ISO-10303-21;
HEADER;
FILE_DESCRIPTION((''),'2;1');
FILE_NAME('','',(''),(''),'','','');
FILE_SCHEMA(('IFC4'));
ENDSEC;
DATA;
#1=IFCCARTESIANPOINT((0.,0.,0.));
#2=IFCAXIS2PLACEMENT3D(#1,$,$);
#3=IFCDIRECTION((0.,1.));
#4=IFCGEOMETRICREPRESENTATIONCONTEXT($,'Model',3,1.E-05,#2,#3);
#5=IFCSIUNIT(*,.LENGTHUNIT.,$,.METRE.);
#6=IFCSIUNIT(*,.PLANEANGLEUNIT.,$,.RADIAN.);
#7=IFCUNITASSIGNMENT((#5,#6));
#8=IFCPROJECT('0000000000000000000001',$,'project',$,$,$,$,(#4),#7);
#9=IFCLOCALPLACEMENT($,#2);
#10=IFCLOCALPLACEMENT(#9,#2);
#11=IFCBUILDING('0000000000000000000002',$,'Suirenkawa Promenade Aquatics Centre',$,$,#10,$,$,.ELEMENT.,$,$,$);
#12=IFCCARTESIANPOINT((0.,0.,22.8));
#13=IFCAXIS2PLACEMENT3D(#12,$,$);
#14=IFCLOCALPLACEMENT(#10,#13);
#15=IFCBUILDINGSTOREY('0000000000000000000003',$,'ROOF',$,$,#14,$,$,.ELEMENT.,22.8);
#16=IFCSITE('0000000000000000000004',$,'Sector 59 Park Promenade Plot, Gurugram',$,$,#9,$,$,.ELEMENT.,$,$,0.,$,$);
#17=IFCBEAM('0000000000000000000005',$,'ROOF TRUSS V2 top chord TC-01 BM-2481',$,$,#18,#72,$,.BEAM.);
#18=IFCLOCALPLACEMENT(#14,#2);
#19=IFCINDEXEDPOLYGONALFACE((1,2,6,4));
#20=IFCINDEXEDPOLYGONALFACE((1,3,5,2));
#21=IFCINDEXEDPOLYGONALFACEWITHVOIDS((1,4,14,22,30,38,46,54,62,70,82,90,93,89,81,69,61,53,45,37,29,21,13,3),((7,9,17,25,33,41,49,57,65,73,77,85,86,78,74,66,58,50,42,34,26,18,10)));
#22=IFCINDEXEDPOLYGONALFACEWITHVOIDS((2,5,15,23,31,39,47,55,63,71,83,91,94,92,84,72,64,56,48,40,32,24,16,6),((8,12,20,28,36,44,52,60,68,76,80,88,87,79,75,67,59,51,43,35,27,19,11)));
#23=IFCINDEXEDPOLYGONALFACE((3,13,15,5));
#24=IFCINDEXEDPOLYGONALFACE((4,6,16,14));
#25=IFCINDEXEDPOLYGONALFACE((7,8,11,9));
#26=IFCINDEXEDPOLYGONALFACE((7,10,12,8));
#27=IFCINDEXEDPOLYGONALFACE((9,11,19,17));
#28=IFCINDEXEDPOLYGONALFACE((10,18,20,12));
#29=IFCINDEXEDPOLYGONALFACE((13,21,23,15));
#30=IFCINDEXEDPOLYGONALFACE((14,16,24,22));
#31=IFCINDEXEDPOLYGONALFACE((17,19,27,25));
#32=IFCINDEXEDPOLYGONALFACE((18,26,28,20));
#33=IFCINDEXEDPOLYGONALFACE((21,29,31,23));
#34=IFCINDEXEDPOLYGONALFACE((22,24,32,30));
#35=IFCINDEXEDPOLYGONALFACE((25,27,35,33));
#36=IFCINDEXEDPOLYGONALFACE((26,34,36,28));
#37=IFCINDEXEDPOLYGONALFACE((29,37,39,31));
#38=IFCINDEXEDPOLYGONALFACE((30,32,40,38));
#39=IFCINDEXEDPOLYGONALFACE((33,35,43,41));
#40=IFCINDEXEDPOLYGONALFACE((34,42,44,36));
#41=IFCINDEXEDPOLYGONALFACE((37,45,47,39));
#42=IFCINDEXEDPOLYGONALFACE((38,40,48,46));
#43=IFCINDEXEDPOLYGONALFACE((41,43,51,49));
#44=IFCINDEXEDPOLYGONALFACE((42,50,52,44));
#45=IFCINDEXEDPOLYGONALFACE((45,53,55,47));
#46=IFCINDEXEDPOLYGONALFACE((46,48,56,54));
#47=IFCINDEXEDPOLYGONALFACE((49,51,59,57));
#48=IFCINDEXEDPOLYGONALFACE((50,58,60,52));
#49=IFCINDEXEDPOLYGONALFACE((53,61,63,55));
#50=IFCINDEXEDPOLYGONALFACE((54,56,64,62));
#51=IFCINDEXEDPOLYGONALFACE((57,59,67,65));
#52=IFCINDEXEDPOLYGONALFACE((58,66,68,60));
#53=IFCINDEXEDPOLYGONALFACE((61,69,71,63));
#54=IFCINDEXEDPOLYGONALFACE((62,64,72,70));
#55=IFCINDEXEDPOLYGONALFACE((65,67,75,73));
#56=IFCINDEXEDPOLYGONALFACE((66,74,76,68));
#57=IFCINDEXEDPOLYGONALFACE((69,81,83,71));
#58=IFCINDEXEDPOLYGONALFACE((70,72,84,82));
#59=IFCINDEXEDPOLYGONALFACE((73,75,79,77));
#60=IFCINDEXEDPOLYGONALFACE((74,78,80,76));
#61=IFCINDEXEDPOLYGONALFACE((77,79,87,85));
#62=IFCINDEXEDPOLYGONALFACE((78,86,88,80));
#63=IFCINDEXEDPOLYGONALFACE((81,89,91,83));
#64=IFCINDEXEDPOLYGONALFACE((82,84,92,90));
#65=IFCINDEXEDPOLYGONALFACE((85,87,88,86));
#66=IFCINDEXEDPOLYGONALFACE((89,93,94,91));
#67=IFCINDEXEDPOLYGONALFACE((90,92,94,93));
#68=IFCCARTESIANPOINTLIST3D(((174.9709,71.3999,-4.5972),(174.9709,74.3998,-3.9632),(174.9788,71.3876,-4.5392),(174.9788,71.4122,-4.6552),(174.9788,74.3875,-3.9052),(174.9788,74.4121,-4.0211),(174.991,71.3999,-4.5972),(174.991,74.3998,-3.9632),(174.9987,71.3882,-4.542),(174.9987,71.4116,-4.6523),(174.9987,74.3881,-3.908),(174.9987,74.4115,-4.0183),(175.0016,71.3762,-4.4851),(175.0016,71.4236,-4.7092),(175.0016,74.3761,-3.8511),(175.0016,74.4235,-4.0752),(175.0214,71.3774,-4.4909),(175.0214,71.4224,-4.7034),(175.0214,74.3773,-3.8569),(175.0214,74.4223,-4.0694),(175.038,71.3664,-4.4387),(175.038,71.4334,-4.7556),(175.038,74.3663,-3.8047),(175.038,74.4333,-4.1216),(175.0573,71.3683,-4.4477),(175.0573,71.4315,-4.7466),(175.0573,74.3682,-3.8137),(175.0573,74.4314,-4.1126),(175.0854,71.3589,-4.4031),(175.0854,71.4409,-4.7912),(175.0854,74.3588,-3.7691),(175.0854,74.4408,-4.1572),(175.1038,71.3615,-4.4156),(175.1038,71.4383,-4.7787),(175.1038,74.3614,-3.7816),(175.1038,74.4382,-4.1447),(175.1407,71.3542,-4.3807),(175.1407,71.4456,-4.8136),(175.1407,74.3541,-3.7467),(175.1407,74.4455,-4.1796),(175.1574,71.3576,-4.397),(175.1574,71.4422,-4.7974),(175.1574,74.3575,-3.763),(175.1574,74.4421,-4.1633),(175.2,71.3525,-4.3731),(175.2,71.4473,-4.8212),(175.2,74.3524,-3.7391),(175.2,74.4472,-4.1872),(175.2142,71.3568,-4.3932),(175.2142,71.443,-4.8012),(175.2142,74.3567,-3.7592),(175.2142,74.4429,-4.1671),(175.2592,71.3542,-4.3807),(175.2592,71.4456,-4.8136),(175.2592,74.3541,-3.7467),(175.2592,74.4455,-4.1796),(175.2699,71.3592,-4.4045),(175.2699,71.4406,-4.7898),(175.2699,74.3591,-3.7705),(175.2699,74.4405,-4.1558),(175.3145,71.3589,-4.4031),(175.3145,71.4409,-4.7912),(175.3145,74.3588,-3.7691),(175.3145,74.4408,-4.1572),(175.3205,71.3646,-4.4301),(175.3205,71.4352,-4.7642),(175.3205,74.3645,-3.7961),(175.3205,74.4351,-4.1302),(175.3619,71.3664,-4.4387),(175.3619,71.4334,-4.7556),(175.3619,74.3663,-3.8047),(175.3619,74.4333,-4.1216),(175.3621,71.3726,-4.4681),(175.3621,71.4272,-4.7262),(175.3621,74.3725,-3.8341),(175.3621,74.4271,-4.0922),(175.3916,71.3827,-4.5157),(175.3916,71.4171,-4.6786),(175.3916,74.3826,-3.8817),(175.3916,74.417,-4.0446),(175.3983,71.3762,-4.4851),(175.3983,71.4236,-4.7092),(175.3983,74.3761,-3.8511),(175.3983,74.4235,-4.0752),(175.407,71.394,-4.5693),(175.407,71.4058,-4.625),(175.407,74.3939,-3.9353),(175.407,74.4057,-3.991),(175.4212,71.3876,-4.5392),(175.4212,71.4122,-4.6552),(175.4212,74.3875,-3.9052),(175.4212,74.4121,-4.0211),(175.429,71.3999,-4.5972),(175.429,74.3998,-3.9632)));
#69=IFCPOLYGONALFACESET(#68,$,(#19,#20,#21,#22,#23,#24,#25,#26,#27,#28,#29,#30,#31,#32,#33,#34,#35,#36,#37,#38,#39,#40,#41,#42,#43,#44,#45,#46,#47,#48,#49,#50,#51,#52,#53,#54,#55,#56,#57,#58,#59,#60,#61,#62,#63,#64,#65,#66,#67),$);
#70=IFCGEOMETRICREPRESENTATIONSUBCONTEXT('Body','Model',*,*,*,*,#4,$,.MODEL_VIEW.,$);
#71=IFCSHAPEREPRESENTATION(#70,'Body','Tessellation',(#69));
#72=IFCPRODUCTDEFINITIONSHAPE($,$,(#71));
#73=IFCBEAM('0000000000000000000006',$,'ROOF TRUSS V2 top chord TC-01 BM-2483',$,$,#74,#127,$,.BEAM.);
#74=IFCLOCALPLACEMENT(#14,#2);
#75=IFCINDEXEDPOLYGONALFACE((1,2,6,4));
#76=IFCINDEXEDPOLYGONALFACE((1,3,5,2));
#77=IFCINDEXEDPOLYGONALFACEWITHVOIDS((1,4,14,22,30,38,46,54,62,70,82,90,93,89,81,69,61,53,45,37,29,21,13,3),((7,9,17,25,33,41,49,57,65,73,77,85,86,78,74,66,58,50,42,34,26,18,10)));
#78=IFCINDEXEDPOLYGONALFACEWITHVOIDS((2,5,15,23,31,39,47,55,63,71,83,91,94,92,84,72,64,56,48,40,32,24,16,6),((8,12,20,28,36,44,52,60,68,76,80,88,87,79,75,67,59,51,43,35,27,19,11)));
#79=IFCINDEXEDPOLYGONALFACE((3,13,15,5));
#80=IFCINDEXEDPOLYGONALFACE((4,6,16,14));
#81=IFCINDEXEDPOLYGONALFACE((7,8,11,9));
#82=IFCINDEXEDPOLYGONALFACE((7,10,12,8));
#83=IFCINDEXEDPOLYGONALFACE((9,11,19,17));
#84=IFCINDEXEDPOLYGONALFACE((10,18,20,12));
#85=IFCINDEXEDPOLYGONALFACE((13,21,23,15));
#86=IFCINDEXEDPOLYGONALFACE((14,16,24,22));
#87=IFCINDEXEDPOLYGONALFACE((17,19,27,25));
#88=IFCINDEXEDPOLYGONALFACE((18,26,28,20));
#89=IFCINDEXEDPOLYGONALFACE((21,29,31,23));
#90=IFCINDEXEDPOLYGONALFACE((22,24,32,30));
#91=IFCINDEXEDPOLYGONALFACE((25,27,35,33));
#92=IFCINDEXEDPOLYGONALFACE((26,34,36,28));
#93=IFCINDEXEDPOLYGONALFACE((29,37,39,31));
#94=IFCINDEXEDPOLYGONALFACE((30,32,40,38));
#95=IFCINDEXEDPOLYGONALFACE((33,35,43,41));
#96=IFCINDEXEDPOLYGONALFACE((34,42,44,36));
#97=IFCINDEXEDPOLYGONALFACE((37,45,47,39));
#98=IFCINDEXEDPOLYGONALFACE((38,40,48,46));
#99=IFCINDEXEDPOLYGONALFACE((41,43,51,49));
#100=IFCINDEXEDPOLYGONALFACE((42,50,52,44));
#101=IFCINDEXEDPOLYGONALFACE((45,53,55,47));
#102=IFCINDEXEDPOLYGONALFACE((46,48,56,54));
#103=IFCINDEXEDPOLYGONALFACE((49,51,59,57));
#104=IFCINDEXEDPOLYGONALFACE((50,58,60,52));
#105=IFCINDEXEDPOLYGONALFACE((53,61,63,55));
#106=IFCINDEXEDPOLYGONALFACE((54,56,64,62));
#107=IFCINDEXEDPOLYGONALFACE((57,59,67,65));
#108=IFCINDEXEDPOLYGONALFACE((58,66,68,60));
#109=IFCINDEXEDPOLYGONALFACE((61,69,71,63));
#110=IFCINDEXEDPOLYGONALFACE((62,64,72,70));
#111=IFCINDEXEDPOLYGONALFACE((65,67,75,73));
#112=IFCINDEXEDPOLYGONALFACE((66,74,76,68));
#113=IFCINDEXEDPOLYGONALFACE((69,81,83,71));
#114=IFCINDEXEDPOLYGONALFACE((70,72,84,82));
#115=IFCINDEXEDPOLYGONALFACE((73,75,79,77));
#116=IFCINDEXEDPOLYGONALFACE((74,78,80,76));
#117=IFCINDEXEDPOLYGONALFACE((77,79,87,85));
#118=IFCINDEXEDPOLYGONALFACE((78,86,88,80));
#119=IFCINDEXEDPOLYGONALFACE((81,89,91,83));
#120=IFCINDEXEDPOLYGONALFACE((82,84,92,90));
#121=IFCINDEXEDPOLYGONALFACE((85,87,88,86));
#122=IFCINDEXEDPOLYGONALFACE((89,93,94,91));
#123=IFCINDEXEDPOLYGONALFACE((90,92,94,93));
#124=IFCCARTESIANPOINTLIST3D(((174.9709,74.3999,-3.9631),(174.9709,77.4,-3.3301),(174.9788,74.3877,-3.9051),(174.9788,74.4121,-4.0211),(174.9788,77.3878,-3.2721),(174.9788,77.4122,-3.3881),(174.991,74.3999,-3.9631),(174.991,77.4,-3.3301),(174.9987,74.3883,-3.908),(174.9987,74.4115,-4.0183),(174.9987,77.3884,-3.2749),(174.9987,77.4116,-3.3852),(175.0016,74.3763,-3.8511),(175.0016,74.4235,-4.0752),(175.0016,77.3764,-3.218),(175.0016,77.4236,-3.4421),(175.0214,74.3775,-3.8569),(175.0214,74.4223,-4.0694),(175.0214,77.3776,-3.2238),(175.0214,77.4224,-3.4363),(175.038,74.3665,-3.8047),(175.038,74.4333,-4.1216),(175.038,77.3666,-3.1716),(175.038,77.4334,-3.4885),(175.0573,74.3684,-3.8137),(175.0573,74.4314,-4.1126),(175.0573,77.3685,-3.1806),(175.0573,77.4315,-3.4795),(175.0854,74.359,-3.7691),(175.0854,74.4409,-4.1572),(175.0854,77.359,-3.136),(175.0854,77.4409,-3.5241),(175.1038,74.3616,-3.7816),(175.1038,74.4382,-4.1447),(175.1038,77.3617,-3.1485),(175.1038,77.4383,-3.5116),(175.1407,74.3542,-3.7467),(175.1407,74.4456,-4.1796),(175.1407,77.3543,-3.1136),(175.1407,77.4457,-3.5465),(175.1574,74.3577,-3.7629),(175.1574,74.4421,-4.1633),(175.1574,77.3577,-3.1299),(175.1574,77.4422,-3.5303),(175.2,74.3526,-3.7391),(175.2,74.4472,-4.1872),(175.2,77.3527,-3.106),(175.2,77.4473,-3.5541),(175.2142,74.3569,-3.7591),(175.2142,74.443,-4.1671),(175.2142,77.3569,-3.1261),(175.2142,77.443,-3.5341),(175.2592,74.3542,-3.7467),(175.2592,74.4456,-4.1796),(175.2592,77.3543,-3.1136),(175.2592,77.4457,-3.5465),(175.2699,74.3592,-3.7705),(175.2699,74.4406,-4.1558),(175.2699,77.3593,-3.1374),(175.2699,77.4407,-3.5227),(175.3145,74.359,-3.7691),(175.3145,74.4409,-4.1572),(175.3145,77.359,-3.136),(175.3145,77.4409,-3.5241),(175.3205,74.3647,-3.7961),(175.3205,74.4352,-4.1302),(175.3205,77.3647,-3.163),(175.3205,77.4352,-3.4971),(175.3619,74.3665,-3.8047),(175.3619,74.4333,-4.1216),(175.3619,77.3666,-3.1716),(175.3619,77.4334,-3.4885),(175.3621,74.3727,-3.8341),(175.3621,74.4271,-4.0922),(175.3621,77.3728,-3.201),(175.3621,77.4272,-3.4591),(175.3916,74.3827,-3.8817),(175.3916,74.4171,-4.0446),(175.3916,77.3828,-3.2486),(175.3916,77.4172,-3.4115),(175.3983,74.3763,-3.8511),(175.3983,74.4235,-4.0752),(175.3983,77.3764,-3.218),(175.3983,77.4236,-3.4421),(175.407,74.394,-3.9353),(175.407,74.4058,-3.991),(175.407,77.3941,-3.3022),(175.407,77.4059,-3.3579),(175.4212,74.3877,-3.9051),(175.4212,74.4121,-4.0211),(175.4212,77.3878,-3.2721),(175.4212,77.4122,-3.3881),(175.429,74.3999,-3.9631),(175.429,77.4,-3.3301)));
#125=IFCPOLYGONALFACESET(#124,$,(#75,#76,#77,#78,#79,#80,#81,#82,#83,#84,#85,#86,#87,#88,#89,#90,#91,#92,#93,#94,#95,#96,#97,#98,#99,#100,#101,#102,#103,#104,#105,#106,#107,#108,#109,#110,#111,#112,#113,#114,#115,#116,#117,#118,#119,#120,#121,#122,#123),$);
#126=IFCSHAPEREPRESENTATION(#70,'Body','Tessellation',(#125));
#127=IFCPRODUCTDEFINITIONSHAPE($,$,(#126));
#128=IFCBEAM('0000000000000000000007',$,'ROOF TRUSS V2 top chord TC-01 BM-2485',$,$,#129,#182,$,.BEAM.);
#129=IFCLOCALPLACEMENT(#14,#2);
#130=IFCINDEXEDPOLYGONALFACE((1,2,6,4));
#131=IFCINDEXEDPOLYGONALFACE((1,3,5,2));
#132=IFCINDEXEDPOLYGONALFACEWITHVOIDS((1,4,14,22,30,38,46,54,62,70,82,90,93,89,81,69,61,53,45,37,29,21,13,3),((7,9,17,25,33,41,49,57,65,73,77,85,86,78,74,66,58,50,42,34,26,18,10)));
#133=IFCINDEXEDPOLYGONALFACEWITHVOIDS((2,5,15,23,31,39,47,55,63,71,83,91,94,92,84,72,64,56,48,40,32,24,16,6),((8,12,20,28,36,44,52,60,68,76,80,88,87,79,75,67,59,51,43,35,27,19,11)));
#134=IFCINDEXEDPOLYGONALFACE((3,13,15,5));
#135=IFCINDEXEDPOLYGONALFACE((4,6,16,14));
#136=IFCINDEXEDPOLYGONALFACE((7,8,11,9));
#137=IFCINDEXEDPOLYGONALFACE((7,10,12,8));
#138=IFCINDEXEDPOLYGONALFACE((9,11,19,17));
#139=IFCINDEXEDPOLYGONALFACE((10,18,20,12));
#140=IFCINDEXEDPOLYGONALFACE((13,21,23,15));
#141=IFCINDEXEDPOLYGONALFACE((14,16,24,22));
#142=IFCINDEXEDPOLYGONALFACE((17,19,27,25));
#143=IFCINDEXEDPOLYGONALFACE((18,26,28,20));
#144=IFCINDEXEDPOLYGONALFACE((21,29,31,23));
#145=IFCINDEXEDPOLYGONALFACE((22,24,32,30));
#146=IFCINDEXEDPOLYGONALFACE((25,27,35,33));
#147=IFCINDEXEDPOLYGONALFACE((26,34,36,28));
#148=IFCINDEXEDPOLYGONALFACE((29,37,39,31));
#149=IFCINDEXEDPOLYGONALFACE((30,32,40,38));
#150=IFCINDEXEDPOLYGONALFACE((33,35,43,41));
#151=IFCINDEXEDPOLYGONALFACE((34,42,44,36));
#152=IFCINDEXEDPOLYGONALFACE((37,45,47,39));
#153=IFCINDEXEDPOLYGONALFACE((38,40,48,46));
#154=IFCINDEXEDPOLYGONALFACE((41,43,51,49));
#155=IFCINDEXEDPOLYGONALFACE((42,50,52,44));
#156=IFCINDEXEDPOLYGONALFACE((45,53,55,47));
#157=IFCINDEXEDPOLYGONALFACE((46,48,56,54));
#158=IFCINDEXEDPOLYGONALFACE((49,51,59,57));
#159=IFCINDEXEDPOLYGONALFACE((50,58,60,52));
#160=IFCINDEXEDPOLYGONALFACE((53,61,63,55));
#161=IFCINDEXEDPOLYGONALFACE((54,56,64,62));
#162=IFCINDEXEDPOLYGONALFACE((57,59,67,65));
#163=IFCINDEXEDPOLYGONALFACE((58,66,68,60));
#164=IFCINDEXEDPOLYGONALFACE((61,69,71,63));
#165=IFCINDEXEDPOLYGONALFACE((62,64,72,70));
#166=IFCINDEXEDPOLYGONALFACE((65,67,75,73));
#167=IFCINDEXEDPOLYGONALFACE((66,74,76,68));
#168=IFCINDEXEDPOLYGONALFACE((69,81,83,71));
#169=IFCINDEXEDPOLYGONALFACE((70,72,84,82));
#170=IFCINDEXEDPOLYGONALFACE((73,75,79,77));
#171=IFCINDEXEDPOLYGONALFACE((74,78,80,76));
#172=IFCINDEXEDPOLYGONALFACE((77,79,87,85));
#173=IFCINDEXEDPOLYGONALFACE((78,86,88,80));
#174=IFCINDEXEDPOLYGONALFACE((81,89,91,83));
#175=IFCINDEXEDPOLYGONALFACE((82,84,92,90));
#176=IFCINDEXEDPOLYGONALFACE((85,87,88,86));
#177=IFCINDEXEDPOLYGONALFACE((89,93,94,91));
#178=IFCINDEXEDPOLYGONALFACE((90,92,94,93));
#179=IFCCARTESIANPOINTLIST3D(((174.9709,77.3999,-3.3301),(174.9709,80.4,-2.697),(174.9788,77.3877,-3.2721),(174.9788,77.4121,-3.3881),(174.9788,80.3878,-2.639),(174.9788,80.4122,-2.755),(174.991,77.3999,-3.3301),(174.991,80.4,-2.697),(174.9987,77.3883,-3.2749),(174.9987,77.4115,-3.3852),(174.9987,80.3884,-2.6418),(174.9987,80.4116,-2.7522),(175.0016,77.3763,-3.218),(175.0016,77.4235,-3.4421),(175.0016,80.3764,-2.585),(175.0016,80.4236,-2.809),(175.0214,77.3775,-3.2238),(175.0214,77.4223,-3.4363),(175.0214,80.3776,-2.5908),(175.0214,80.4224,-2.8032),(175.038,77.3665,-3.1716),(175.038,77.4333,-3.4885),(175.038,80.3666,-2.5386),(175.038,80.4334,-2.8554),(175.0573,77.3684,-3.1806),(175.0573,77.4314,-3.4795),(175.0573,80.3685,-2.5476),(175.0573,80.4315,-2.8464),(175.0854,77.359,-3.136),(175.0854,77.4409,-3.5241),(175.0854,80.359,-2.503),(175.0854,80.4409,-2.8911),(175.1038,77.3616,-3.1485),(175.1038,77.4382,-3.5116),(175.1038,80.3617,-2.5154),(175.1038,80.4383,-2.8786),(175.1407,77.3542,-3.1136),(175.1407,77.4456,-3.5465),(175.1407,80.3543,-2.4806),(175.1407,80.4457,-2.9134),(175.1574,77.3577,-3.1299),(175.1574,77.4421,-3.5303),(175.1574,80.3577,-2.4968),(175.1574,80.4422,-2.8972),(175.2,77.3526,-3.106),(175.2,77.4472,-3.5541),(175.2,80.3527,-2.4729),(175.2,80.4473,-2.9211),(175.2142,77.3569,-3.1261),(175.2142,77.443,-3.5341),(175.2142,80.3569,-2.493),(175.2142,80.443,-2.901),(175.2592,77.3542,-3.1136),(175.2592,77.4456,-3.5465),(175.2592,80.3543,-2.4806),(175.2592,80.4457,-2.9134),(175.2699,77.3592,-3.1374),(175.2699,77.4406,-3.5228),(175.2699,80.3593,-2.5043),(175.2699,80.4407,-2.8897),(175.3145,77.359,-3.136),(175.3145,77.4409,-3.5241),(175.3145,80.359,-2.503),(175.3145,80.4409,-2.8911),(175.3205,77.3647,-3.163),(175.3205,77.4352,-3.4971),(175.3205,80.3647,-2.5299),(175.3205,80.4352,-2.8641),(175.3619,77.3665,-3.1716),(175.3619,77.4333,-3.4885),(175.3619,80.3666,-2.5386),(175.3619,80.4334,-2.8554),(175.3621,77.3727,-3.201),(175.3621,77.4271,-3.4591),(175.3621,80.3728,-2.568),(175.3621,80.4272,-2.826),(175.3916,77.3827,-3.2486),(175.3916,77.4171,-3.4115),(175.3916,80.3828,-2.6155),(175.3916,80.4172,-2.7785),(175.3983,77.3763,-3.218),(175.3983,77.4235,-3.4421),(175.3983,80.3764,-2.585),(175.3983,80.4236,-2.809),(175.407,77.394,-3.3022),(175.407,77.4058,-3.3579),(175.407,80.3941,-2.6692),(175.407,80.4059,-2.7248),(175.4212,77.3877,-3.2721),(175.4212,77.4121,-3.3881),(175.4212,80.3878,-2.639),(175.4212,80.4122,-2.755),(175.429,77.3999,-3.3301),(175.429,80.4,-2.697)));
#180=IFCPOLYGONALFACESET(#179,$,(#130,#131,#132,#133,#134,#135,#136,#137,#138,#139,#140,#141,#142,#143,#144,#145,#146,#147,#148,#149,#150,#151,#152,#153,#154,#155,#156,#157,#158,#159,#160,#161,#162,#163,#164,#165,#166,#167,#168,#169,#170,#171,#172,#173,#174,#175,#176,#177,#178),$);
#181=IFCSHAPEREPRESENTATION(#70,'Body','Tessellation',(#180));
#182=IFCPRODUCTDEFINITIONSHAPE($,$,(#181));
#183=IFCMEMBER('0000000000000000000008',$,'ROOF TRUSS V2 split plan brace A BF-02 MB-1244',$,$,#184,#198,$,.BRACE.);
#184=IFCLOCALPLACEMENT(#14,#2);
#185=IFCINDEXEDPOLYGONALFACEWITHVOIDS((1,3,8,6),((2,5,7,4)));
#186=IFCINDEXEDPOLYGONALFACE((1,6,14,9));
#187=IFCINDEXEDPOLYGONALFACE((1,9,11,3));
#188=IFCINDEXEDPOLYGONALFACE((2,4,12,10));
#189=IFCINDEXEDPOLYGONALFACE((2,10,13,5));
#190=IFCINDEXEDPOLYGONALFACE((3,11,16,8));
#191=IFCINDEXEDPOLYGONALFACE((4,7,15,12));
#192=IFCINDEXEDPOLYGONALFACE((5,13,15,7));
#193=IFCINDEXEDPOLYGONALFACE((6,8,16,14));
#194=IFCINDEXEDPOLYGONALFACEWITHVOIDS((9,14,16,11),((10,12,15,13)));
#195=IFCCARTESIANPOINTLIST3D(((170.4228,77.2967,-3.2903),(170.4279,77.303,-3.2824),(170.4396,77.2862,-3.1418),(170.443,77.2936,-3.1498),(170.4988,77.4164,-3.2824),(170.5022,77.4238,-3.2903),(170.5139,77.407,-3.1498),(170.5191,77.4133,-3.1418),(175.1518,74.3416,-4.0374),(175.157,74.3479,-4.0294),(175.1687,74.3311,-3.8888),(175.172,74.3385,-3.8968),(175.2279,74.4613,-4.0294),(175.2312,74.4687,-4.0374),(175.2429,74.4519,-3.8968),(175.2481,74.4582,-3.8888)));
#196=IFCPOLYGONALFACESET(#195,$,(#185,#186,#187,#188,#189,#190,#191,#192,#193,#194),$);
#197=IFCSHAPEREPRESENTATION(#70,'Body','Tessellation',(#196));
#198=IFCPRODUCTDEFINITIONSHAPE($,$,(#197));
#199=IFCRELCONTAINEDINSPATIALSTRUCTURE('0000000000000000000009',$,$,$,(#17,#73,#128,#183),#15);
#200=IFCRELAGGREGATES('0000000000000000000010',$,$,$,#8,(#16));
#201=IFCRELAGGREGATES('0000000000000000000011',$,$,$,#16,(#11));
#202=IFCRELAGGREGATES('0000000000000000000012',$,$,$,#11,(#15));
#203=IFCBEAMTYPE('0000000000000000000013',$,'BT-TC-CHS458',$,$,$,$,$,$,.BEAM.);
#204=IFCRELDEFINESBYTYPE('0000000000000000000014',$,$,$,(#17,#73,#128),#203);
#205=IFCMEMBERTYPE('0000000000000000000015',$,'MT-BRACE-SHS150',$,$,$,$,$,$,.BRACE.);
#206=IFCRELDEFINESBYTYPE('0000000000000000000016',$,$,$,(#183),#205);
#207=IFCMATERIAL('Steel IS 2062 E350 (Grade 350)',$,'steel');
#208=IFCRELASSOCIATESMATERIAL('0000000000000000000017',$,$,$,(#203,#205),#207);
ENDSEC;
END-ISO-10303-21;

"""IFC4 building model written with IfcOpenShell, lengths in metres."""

from ifc_helpers import new_model, si_unit, direction, frame, origin, origin_2d, place, context, subcontext, project, spatial, hollow_rectangle, hollow_circle, extrude, material, material_profile, profile_set, type_object, element, save


model = new_model("IFC4")

# Units and contexts
model_context = context("Model", 3, precision=1e-05, world=origin(), true_north=direction((0.0, 1.0)))
body_context = subcontext(model_context, "Body", "Model", "MODEL_VIEW")
ifc_project = project(units=[si_unit("LENGTHUNIT", "METRE"), si_unit("PLANEANGLEUNIT", "RADIAN")], contexts=[model_context])

# Site, building, storey
site_placement = place(None, origin())
site = spatial("IfcSite", under=ifc_project, at=site_placement, Name="Sector 59 Park Promenade Plot, Gurugram", CompositionType="ELEMENT", RefElevation=0.0)
building_placement = place(site_placement, origin())
building = spatial("IfcBuilding", under=site, at=building_placement, Name="Suirenkawa Promenade Aquatics Centre", CompositionType="ELEMENT")
storey_placement = place(building_placement, frame((0.0, 0.0, 22.8)))
storey = spatial("IfcBuildingStorey", under=building, at=storey_placement, Name="ROOF", CompositionType="ELEMENT", Elevation=22.8)

# Beams
ifc_material = material(Name="Steel IS 2062 E350 (Grade 350)", Category="steel")
ifc_material_profile_1 = material_profile(ifc_material, hollow_circle(Radius=0.229, WallThickness=0.02, at=origin_2d()), Name="CHS 458x20", Category="steel")
ifc_profile_set_1 = profile_set([ifc_material_profile_1], Name="Steel IS 2062 E350 (Grade 350)")
beam_type_1 = type_object("IfcBeamType", Name="BT-TC-CHS458", PredefinedType="BEAM", material=ifc_profile_set_1)
for number, where, z_axis, x_axis, name in (
    (1, (175.2, 71.3999, -4.5972), (0.0, 0.978388, 0.206777), (-1.0, 0.0, 0.0), "ROOF TRUSS V2 top chord TC-01 BM-2481"),
    (2, (175.2, 74.3999, -3.9631), (0.0, 0.978453, 0.206472), (-1.0, 0.0, 0.0), "ROOF TRUSS V2 top chord TC-01 BM-2483"),
    (3, (175.2, 77.3999, -3.3301), (0.0, 0.978453, 0.206472), (-1.0, 0.0, 0.0), "ROOF TRUSS V2 top chord TC-01 BM-2485"),
):
    element("IfcBeam", number, at=place(storey_placement, frame(where, z_axis=z_axis, x_axis=x_axis)), inside=storey, type_object=beam_type_1, Name=name, PredefinedType="BEAM", context=body_context, shape_type="SweptSolid", body=[
        extrude(hollow_circle(Radius=0.229, WallThickness=0.02, at=origin_2d()), origin(), (0.0, 0.0, 1.0), 3.0662),
    ])

# Member
ifc_material_profile_2 = material_profile(ifc_material, hollow_rectangle(XDim=0.1499, YDim=0.1499, WallThickness=0.0081, at=origin_2d()), Name="SHS 150x150x8", Category="steel")
ifc_profile_set_2 = profile_set([ifc_material_profile_2], Name="Steel IS 2062 E350 (Grade 350)")
member_type_1 = type_object("IfcMemberType", Name="MT-BRACE-SHS150", PredefinedType="BRACE", material=ifc_profile_set_2)
member_1_placement = place(storey_placement, frame((175.2, 74.3999, -3.9631), z_axis=(-0.840533, 0.525236, 0.132784), x_axis=(-0.529928, -0.848043, 0.0)))
element("IfcMember", 4, at=member_1_placement, inside=storey, type_object=member_type_1, Name="ROOF TRUSS V2 split plan brace A BF-02 MB-1244", PredefinedType="BRACE", context=body_context, shape_type="SweptSolid", body=[
    extrude(hollow_rectangle(XDim=0.1499, YDim=0.1499, WallThickness=0.0081, at=origin_2d()), origin(), (0.0, 0.0, 1.0), 5.6262),
])

save(model, "model.ifc")
